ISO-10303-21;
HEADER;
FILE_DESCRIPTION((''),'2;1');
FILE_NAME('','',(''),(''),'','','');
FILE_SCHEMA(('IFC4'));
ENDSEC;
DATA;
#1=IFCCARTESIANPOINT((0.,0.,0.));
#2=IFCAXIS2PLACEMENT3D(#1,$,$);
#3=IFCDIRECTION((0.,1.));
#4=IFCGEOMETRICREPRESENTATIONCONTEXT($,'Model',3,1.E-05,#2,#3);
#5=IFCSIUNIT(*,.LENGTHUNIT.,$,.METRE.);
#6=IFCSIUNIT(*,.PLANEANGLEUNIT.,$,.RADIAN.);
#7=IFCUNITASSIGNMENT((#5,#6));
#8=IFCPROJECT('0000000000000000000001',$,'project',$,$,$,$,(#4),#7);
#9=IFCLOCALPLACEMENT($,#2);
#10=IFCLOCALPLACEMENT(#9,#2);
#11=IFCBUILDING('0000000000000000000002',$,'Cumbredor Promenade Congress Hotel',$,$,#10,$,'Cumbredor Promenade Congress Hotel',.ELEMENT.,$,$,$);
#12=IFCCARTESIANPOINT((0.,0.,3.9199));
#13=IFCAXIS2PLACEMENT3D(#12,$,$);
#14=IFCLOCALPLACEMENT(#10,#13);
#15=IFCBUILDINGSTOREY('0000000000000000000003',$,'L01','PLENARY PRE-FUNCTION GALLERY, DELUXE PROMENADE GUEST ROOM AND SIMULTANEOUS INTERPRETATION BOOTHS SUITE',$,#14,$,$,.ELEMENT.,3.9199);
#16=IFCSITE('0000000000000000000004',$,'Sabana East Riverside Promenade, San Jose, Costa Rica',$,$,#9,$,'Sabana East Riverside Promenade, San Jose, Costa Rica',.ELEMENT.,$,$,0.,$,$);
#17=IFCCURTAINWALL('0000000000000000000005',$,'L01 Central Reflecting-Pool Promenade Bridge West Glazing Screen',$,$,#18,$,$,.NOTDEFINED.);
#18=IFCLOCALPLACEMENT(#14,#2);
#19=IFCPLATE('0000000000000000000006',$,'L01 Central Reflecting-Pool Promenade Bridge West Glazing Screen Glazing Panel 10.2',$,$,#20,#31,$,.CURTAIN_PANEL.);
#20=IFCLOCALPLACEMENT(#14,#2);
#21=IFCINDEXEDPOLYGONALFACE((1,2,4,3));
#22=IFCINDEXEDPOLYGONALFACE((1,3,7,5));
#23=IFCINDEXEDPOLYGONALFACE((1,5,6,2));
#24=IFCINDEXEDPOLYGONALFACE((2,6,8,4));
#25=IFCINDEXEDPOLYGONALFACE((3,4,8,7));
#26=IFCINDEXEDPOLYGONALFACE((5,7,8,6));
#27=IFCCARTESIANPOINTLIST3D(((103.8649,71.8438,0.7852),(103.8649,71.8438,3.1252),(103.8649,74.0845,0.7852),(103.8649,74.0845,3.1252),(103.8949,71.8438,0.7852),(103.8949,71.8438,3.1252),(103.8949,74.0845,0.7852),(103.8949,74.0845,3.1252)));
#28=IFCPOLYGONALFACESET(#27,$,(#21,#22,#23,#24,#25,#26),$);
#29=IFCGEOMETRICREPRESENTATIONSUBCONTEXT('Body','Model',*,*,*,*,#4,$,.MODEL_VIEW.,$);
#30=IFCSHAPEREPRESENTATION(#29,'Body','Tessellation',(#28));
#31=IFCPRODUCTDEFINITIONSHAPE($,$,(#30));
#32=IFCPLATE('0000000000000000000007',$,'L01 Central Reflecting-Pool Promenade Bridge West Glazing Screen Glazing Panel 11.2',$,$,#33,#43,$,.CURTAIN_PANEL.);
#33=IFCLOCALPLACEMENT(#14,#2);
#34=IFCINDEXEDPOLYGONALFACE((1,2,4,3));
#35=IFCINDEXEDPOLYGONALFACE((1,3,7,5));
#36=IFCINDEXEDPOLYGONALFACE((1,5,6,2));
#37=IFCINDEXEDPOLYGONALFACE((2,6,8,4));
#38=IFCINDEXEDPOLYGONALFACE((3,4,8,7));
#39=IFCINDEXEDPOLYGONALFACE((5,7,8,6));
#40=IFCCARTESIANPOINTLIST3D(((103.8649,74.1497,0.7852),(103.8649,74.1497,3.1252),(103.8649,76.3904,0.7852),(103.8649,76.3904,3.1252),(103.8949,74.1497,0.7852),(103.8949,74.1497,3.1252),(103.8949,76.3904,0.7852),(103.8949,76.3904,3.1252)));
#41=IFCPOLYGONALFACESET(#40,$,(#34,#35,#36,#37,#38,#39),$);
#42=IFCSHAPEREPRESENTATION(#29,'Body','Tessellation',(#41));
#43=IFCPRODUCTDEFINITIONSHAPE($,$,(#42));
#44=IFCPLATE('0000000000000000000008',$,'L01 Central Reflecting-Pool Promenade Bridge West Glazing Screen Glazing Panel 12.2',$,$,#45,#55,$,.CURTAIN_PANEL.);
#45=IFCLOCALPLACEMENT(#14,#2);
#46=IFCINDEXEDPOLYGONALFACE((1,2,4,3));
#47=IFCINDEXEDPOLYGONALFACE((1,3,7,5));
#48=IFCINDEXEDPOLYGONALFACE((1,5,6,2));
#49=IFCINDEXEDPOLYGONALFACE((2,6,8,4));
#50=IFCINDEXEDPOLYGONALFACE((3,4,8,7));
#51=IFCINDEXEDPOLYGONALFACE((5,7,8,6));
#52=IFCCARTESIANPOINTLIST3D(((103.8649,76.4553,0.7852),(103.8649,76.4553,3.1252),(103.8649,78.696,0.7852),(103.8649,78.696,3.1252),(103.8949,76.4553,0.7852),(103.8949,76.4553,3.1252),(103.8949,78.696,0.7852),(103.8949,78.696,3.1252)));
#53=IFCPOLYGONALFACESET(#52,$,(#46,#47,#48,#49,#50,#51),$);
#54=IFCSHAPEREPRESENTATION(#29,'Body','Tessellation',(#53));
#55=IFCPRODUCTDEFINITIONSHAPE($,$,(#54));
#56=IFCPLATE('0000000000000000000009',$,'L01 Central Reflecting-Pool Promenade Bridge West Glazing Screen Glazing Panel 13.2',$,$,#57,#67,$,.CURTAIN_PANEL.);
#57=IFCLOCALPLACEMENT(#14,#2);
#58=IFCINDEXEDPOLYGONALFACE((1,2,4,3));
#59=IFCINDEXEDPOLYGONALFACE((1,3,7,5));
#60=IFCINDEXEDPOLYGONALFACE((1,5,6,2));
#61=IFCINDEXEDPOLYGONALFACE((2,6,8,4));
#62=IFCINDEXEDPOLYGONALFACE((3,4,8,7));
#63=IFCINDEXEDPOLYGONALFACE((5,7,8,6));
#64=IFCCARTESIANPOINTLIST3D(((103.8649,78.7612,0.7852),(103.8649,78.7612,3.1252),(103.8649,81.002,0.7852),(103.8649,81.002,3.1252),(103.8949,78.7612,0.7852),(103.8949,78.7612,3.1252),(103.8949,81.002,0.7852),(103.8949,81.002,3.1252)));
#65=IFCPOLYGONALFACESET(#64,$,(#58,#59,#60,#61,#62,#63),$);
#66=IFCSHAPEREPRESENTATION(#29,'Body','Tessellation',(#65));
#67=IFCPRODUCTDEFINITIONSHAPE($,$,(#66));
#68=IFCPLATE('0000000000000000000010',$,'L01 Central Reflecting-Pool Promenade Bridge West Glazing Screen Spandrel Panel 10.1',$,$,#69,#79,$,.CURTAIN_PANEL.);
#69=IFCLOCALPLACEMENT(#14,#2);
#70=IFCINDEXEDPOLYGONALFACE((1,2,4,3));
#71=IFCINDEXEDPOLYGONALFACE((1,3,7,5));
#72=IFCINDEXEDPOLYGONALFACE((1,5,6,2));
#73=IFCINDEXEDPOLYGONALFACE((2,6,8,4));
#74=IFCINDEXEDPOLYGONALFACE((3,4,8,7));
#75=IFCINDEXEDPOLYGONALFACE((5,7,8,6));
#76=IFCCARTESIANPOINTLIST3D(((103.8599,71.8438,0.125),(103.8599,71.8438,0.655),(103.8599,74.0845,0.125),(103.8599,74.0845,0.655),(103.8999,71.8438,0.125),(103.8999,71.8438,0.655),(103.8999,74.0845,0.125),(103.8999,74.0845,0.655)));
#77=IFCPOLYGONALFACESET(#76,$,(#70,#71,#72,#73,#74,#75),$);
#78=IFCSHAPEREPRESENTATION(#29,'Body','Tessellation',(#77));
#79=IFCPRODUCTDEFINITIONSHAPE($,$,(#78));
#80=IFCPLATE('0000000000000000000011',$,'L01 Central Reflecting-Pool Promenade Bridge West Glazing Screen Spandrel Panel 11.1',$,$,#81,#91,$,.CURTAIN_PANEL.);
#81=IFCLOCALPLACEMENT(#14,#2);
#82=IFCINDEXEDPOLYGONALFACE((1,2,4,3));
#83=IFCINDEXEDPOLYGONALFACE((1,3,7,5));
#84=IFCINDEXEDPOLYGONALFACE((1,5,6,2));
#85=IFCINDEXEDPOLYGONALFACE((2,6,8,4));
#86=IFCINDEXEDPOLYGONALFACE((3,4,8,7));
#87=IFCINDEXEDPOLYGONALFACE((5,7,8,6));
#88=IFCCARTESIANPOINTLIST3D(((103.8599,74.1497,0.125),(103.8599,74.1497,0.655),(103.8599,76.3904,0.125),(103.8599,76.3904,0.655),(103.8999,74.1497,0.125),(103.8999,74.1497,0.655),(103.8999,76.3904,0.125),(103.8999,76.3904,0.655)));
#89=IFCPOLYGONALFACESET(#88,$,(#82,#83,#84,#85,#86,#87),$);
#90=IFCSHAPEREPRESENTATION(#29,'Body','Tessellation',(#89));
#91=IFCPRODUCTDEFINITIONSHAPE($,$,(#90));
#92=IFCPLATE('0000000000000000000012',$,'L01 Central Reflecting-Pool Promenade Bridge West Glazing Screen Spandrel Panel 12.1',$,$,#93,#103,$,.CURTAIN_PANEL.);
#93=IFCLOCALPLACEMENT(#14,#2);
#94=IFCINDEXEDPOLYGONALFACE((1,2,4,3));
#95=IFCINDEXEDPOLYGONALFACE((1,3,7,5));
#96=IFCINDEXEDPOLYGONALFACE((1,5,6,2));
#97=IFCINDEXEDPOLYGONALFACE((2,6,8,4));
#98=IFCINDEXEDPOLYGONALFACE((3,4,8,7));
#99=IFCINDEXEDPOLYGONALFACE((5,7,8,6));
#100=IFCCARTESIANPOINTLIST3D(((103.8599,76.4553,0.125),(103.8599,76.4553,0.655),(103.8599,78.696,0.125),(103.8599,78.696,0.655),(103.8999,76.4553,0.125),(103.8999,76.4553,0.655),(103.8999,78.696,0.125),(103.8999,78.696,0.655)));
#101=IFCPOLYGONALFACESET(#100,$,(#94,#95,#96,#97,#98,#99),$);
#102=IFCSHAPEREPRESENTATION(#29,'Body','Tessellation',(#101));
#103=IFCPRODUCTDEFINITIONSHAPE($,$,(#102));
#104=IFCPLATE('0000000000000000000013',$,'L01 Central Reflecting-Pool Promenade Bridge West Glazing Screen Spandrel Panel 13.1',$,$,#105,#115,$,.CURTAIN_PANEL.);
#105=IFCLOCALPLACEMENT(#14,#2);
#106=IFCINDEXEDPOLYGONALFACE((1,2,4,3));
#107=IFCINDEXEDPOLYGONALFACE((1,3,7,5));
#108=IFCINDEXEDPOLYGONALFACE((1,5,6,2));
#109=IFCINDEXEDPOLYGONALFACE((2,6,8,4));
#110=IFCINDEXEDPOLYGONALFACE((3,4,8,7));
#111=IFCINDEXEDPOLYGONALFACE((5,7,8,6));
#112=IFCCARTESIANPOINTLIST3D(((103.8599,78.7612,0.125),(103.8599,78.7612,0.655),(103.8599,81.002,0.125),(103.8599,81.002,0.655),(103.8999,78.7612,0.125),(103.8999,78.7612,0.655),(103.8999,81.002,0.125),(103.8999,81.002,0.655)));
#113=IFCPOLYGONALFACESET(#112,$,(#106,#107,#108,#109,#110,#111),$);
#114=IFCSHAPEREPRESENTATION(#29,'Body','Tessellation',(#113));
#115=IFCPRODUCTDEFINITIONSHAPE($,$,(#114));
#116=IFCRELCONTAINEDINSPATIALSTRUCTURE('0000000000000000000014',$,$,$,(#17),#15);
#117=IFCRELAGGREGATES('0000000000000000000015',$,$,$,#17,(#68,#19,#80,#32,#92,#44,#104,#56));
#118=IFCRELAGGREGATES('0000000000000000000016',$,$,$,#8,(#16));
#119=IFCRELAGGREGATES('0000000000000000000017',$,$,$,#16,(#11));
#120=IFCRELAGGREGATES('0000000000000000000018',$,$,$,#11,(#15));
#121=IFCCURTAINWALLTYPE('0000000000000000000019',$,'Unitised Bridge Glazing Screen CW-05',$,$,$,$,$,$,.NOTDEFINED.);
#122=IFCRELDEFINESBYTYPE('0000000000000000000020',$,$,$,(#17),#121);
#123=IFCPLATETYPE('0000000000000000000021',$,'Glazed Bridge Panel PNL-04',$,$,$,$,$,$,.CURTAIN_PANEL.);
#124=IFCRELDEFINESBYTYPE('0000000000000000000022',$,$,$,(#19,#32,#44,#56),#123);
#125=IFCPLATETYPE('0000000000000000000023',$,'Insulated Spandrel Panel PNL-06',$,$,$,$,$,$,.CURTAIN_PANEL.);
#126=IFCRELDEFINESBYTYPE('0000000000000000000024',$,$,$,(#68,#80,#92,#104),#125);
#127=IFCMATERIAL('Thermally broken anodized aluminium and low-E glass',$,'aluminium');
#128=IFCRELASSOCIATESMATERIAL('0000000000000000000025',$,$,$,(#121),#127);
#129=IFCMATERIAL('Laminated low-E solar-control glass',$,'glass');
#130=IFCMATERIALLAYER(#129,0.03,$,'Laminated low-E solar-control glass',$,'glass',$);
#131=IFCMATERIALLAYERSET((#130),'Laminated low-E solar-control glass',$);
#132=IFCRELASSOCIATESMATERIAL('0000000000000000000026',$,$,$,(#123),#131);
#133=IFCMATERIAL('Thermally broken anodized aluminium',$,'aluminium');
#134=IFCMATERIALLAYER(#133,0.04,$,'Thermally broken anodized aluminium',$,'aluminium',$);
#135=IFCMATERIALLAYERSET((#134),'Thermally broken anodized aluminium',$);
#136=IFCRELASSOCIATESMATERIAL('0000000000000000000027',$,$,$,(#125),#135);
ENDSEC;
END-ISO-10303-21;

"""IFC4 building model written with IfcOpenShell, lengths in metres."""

from ifc_helpers import new_model, si_unit, direction, frame, origin, origin_2d, place, context, subcontext, project, spatial, rectangle, extrude, material, layer, layer_set, type_object, element, aggregate, save


model = new_model("IFC4")

# Units and contexts
model_context = context("Model", 3, precision=1e-05, world=origin(), true_north=direction((0.0, 1.0)))
body_context = subcontext(model_context, "Body", "Model", "MODEL_VIEW")
ifc_project = project(units=[si_unit("LENGTHUNIT", "METRE"), si_unit("PLANEANGLEUNIT", "RADIAN")], contexts=[model_context])

# Site, building, storey
site_placement = place(None, origin())
site = spatial("IfcSite", under=ifc_project, at=site_placement, Name="Sabana East Riverside Promenade, San Jose, Costa Rica", LongName="Sabana East Riverside Promenade, San Jose, Costa Rica", CompositionType="ELEMENT", RefElevation=0.0)
building_placement = place(site_placement, origin())
building = spatial("IfcBuilding", under=site, at=building_placement, Name="Cumbredor Promenade Congress Hotel", LongName="Cumbredor Promenade Congress Hotel", CompositionType="ELEMENT")
storey_placement = place(building_placement, frame((0.0, 0.0, 3.9199)))
storey = spatial("IfcBuildingStorey", under=building, at=storey_placement, Name="L01", Description="PLENARY PRE-FUNCTION GALLERY, DELUXE PROMENADE GUEST ROOM AND SIMULTANEOUS INTERPRETATION BOOTHS SUITE", CompositionType="ELEMENT", Elevation=3.9199)

# Curtain wall, plates
ifc_material_1 = material(Name="Thermally broken anodized aluminium and low-E glass", Category="aluminium")
curtain_wall_type = type_object("IfcCurtainWallType", Name="Unitised Bridge Glazing Screen CW-05", PredefinedType="NOTDEFINED", material=ifc_material_1)
curtain_wall_placement = place(storey_placement, origin())
curtain_wall = element("IfcCurtainWall", 1, at=curtain_wall_placement, inside=storey, type_object=curtain_wall_type, Name="L01 Central Reflecting-Pool Promenade Bridge West Glazing Screen", PredefinedType="NOTDEFINED")
ifc_material_2 = material(Name="Thermally broken anodized aluminium", Category="aluminium")
ifc_material_3 = material(Name="Laminated low-E solar-control glass", Category="glass")
ifc_layer_1 = layer(ifc_material_3, 0.03, Name="Laminated low-E solar-control glass", Category="glass")
ifc_layer_set_1 = layer_set([ifc_layer_1], Name="Laminated low-E solar-control glass")
plate_type_1 = type_object("IfcPlateType", Name="Glazed Bridge Panel PNL-04", PredefinedType="CURTAIN_PANEL", material=ifc_layer_set_1)
plate_1_placement = place(storey_placement, frame((103.8799, 72.9641, 0.7852), z_axis=(0.0, 0.0, 1.0), x_axis=(0.0, 1.0, 0.0)))
plate_1 = element("IfcPlate", 2, at=plate_1_placement, type_object=plate_type_1, Name="L01 Central Reflecting-Pool Promenade Bridge West Glazing Screen Glazing Panel 10.2", PredefinedType="CURTAIN_PANEL", context=body_context, shape_type="SweptSolid", body=[
    extrude(rectangle(XDim=2.2407, YDim=0.03, at=origin_2d()), origin(), (0.0, 0.0, 1.0), 2.3401),
])
plate_2_placement = place(storey_placement, frame((103.8799, 75.27, 0.7852), z_axis=(0.0, 0.0, 1.0), x_axis=(0.0, 1.0, 0.0)))
plate_2 = element("IfcPlate", 3, at=plate_2_placement, type_object=plate_type_1, Name="L01 Central Reflecting-Pool Promenade Bridge West Glazing Screen Glazing Panel 11.2", PredefinedType="CURTAIN_PANEL", context=body_context, shape_type="SweptSolid", body=[
    extrude(rectangle(XDim=2.2407, YDim=0.03, at=origin_2d()), origin(), (0.0, 0.0, 1.0), 2.3401),
])
plate_3_placement = place(storey_placement, frame((103.8799, 77.5757, 0.7852), z_axis=(0.0, 0.0, 1.0), x_axis=(0.0, 1.0, 0.0)))
plate_3 = element("IfcPlate", 4, at=plate_3_placement, type_object=plate_type_1, Name="L01 Central Reflecting-Pool Promenade Bridge West Glazing Screen Glazing Panel 12.2", PredefinedType="CURTAIN_PANEL", context=body_context, shape_type="SweptSolid", body=[
    extrude(rectangle(XDim=2.2407, YDim=0.03, at=origin_2d()), origin(), (0.0, 0.0, 1.0), 2.3401),
])
plate_4_placement = place(storey_placement, frame((103.8799, 79.8816, 0.7852), z_axis=(0.0, 0.0, 1.0), x_axis=(0.0, 1.0, 0.0)))
plate_4 = element("IfcPlate", 5, at=plate_4_placement, type_object=plate_type_1, Name="L01 Central Reflecting-Pool Promenade Bridge West Glazing Screen Glazing Panel 13.2", PredefinedType="CURTAIN_PANEL", context=body_context, shape_type="SweptSolid", body=[
    extrude(rectangle(XDim=2.2407, YDim=0.03, at=origin_2d()), origin(), (0.0, 0.0, 1.0), 2.3401),
])
ifc_layer_2 = layer(ifc_material_2, 0.04, Name="Thermally broken anodized aluminium", Category="aluminium")
ifc_layer_set_2 = layer_set([ifc_layer_2], Name="Thermally broken anodized aluminium")
plate_type_2 = type_object("IfcPlateType", Name="Insulated Spandrel Panel PNL-06", PredefinedType="CURTAIN_PANEL", material=ifc_layer_set_2)
plate_5_placement = place(storey_placement, frame((103.8799, 72.9641, 0.125), z_axis=(0.0, 0.0, 1.0), x_axis=(0.0, 1.0, 0.0)))
plate_5 = element("IfcPlate", 6, at=plate_5_placement, type_object=plate_type_2, Name="L01 Central Reflecting-Pool Promenade Bridge West Glazing Screen Spandrel Panel 10.1", PredefinedType="CURTAIN_PANEL", context=body_context, shape_type="SweptSolid", body=[
    extrude(rectangle(XDim=2.2407, YDim=0.04, at=origin_2d()), origin(), (0.0, 0.0, 1.0), 0.53),
])
plate_6_placement = place(storey_placement, frame((103.8799, 75.27, 0.125), z_axis=(0.0, 0.0, 1.0), x_axis=(0.0, 1.0, 0.0)))
plate_6 = element("IfcPlate", 7, at=plate_6_placement, type_object=plate_type_2, Name="L01 Central Reflecting-Pool Promenade Bridge West Glazing Screen Spandrel Panel 11.1", PredefinedType="CURTAIN_PANEL", context=body_context, shape_type="SweptSolid", body=[
    extrude(rectangle(XDim=2.2407, YDim=0.04, at=origin_2d()), origin(), (0.0, 0.0, 1.0), 0.53),
])
plate_7_placement = place(storey_placement, frame((103.8799, 77.5757, 0.125), z_axis=(0.0, 0.0, 1.0), x_axis=(0.0, 1.0, 0.0)))
plate_7 = element("IfcPlate", 8, at=plate_7_placement, type_object=plate_type_2, Name="L01 Central Reflecting-Pool Promenade Bridge West Glazing Screen Spandrel Panel 12.1", PredefinedType="CURTAIN_PANEL", context=body_context, shape_type="SweptSolid", body=[
    extrude(rectangle(XDim=2.2407, YDim=0.04, at=origin_2d()), origin(), (0.0, 0.0, 1.0), 0.53),
])
plate_8_placement = place(storey_placement, frame((103.8799, 79.8816, 0.125), z_axis=(0.0, 0.0, 1.0), x_axis=(0.0, 1.0, 0.0)))
plate_8 = element("IfcPlate", 9, at=plate_8_placement, type_object=plate_type_2, Name="L01 Central Reflecting-Pool Promenade Bridge West Glazing Screen Spandrel Panel 13.1", PredefinedType="CURTAIN_PANEL", context=body_context, shape_type="SweptSolid", body=[
    extrude(rectangle(XDim=2.2407, YDim=0.04, at=origin_2d()), origin(), (0.0, 0.0, 1.0), 0.53),
])
aggregate(curtain_wall, [plate_5, plate_1, plate_6, plate_2, plate_7, plate_3, plate_8, plate_4])

save(model, "model.ifc")
